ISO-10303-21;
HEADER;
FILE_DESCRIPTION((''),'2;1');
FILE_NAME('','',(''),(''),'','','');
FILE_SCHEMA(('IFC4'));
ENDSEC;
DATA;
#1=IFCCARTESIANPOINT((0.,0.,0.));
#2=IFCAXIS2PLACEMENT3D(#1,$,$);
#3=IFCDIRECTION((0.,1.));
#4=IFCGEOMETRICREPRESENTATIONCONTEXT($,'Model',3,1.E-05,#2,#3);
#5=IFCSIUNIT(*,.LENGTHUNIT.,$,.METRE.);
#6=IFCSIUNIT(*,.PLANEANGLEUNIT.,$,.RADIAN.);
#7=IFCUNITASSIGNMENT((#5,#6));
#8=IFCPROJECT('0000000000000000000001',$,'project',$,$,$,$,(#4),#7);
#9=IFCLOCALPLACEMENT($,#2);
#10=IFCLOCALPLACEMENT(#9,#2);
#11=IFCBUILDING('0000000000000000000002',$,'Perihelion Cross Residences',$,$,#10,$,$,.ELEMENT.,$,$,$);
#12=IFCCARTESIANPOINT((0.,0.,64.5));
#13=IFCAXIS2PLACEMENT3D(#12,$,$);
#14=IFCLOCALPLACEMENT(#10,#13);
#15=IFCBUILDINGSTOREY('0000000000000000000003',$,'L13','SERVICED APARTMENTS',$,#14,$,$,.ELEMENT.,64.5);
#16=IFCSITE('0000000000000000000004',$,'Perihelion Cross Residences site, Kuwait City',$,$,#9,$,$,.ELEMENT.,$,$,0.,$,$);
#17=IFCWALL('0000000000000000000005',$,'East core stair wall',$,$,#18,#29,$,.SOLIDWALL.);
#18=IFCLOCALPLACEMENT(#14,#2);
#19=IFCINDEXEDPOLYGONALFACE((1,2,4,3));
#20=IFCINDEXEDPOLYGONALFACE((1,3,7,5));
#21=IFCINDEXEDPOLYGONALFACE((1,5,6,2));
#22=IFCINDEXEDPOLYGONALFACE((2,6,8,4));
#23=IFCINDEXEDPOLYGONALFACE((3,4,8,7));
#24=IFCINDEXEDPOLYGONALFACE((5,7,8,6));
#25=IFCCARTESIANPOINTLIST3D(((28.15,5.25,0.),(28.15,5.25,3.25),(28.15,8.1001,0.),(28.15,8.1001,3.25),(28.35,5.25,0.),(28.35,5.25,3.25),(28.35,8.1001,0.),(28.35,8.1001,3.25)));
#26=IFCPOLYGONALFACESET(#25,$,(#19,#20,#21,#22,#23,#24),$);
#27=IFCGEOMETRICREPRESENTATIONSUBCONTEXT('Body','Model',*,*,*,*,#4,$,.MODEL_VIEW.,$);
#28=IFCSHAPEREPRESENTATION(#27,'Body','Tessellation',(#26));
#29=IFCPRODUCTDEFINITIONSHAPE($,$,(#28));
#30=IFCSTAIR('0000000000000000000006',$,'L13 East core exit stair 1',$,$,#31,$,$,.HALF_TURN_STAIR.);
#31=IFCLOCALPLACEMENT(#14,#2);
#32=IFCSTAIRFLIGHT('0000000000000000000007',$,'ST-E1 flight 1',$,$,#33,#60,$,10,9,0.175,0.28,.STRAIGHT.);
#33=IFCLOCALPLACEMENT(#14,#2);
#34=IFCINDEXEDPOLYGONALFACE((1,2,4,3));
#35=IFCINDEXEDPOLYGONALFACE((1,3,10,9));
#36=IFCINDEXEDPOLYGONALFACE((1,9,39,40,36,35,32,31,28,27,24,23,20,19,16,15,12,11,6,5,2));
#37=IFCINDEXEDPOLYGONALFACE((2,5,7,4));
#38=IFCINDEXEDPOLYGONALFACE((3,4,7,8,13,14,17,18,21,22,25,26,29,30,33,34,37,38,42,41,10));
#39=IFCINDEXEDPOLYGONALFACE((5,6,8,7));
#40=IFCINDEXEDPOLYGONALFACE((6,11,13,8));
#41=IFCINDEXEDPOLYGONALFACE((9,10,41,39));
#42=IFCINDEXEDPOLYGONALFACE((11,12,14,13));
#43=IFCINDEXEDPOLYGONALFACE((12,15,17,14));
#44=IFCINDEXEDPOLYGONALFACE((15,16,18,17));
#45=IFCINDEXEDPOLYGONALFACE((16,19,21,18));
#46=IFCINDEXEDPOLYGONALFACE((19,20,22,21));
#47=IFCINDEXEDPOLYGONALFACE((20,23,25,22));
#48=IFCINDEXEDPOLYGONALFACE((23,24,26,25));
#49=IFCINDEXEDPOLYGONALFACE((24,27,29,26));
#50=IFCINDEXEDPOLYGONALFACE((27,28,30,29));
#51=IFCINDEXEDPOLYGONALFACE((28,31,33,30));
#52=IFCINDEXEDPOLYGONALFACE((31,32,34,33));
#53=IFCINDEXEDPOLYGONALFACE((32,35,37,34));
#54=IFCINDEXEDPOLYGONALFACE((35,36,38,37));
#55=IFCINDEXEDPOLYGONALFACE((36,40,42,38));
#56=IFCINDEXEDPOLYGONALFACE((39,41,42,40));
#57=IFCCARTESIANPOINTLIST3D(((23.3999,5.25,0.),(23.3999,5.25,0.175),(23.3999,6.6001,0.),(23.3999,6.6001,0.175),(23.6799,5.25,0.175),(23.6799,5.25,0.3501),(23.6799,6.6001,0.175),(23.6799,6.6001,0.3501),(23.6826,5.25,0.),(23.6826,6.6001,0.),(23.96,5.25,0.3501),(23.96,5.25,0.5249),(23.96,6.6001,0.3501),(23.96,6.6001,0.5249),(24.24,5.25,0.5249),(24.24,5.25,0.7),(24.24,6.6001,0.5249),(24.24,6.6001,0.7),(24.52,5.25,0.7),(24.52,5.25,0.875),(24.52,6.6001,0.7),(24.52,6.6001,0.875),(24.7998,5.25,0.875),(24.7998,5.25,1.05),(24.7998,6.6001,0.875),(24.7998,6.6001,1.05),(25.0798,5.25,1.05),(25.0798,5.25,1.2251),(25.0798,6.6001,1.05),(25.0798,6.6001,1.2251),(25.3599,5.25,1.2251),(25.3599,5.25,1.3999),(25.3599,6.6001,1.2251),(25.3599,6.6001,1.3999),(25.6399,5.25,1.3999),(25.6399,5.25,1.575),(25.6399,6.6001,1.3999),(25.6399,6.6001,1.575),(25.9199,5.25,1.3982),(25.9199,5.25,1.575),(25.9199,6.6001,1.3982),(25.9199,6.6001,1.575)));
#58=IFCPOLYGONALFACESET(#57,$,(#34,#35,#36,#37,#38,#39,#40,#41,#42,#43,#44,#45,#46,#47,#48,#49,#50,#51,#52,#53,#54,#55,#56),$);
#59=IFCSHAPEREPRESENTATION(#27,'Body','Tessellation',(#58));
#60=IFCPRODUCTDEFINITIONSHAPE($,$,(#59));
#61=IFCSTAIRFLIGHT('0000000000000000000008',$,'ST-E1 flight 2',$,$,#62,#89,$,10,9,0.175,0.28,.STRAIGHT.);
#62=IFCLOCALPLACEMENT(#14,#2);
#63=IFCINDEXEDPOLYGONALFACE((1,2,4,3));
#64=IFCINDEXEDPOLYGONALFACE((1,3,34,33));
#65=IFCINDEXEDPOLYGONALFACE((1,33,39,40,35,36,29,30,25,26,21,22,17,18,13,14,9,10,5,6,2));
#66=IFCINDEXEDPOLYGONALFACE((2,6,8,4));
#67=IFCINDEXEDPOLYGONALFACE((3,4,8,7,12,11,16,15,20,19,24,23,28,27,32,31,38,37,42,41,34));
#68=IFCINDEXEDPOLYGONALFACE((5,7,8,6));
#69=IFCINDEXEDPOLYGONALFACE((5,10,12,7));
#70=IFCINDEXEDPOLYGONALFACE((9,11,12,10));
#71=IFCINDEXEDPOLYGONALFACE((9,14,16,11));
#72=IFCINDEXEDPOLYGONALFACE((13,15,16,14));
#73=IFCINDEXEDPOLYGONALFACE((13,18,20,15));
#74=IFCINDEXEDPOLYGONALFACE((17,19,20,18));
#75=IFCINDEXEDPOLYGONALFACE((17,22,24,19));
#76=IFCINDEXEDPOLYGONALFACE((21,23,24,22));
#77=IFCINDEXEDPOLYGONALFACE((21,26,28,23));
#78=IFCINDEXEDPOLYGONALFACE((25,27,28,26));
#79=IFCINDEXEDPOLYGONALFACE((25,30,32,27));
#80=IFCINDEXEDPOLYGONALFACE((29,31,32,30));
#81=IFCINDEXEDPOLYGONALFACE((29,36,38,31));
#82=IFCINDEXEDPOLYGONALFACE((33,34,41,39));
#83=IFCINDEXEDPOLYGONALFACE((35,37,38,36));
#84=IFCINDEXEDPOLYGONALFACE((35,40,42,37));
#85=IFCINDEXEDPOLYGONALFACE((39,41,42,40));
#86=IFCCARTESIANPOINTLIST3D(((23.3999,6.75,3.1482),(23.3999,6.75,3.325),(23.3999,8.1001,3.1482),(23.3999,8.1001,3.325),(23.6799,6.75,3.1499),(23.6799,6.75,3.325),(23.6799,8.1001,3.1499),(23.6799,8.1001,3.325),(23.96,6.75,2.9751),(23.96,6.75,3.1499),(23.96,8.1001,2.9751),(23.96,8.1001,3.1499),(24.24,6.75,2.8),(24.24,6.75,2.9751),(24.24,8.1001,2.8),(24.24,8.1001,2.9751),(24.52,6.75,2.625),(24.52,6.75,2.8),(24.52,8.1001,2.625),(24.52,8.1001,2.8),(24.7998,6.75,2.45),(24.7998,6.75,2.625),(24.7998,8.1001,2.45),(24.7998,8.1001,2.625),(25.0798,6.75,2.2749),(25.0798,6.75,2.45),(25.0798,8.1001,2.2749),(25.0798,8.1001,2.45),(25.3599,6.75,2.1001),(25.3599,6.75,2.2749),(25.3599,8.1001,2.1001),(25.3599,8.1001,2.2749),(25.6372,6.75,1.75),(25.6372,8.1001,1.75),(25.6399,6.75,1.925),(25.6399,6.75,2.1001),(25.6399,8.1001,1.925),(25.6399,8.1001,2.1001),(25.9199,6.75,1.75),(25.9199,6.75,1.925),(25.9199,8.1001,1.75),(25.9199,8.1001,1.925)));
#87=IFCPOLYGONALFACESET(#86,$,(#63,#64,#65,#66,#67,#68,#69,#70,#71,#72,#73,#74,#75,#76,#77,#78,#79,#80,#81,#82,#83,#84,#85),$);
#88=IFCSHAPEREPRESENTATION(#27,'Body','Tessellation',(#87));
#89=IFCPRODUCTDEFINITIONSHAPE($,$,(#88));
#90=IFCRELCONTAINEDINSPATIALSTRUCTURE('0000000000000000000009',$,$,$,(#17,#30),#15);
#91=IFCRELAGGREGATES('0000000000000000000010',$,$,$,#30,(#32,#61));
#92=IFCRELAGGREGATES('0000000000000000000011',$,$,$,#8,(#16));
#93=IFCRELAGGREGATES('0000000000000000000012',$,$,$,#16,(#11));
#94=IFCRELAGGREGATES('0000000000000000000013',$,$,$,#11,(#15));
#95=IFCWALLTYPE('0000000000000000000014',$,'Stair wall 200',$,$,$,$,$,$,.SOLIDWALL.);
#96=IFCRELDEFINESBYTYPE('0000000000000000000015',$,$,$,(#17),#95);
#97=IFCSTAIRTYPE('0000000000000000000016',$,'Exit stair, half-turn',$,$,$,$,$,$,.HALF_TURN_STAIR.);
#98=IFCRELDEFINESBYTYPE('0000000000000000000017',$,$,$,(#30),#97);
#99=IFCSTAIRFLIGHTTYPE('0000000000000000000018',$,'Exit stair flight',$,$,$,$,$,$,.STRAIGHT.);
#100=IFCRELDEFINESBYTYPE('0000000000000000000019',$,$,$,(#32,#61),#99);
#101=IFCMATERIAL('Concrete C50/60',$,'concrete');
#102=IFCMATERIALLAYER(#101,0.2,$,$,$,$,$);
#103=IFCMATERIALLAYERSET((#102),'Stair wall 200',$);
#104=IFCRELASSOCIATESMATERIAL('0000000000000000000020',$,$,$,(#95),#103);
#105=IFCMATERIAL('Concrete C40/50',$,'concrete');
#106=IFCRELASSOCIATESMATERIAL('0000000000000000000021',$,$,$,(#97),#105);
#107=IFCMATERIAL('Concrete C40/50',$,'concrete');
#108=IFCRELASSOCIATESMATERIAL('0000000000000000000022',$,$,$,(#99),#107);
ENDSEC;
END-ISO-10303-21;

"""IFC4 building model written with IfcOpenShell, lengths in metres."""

from ifc_helpers import new_model, si_unit, direction, frame, frame_2d, origin, place, context, subcontext, project, spatial, polyline, rectangle, outline, extrude, material, layer, layer_set, type_object, element, aggregate, save


model = new_model("IFC4")

# Units and contexts
model_context = context("Model", 3, precision=1e-05, world=origin(), true_north=direction((0.0, 1.0)))
body_context = subcontext(model_context, "Body", "Model", "MODEL_VIEW")
ifc_project = project(units=[si_unit("LENGTHUNIT", "METRE"), si_unit("PLANEANGLEUNIT", "RADIAN")], contexts=[model_context])

# Site, building, storey
site_placement = place(None, origin())
site = spatial("IfcSite", under=ifc_project, at=site_placement, Name="Perihelion Cross Residences site, Kuwait City", CompositionType="ELEMENT", RefElevation=0.0)
building_placement = place(site_placement, origin())
building = spatial("IfcBuilding", under=site, at=building_placement, Name="Perihelion Cross Residences", CompositionType="ELEMENT")
storey_placement = place(building_placement, frame((0.0, 0.0, 64.5)))
storey = spatial("IfcBuildingStorey", under=building, at=storey_placement, Name="L13", Description="SERVICED APARTMENTS", CompositionType="ELEMENT", Elevation=64.5)

# Wall
ifc_material_1 = material(Name="Concrete C50/60", Category="concrete")
ifc_layer_1 = layer(ifc_material_1, 0.2)
ifc_layer_set_1 = layer_set([ifc_layer_1], Name="Stair wall 200")
wall_type_1 = type_object("IfcWallType", Name="Stair wall 200", PredefinedType="SOLIDWALL", material=ifc_layer_set_1)
wall_1_placement = place(storey_placement, frame((28.25, 5.25, 0.0), z_axis=(0.0, 0.0, 1.0), x_axis=(0.0, 1.0, 0.0)))
element("IfcWall", 1, at=wall_1_placement, inside=storey, type_object=wall_type_1, Name="East core stair wall", PredefinedType="SOLIDWALL", context=body_context, shape_type="SweptSolid", body=[
    extrude(rectangle(XDim=2.8501, YDim=0.2, at=frame_2d((1.425, 0.0))), origin(), (0.0, 0.0, 1.0), 3.25),
])

# Stair, stair flights
ifc_material_2 = material(Name="Concrete C40/50", Category="concrete")
stair_type = type_object("IfcStairType", Name="Exit stair, half-turn", PredefinedType="HALF_TURN_STAIR", material=ifc_material_2)
stair_placement = place(storey_placement, origin())
stair = element("IfcStair", 2, at=stair_placement, inside=storey, type_object=stair_type, Name="L13 East core exit stair 1", PredefinedType="HALF_TURN_STAIR")
ifc_material_3 = material(Name="Concrete C40/50", Category="concrete")
stair_flight_type = type_object("IfcStairFlightType", Name="Exit stair flight", PredefinedType="STRAIGHT", material=ifc_material_3)
stair_flight_1_placement = place(storey_placement, frame((23.3999, 5.925, 0.0), z_axis=(0.0, 0.0, 1.0), x_axis=(1.0, 0.0, 0.0)))
stair_flight_1 = element("IfcStairFlight", 3, at=stair_flight_1_placement, type_object=stair_flight_type, Name="ST-E1 flight 1", NumberOfRisers=10, NumberOfTreads=9, PredefinedType="STRAIGHT", RiserHeight=0.175, TreadLength=0.28, context=body_context, shape_type="SweptSolid", body=[
    extrude(outline(polyline([(0.0, 0.0), (0.0, 0.175), (0.28, 0.175), (0.28, 0.3501), (0.5601, 0.3501), (0.5601, 0.5249), (0.8401, 0.5249), (0.8401, 0.7), (1.1201, 0.7), (1.1201, 0.875), (1.3999, 0.875), (1.3999, 1.05), (1.6799, 1.05), (1.6799, 1.2251), (1.96, 1.2251), (1.96, 1.3999), (2.24, 1.3999), (2.24, 1.575), (2.52, 1.575), (2.52, 1.75), (2.52, 1.3982), (0.2827, 0.0), (0.0, 0.0)])), frame((0.0, 0.675, 0.0), z_axis=(0.0, -1.0, 0.0), x_axis=(1.0, 0.0, 0.0)), (0.0, 0.0, 1.0), 1.3501),
])
stair_flight_2_placement = place(storey_placement, frame((25.9199, 7.425, 1.75), z_axis=(0.0, 0.0, 1.0), x_axis=(-1.0, 0.0, 0.0)))
stair_flight_2 = element("IfcStairFlight", 4, at=stair_flight_2_placement, type_object=stair_flight_type, Name="ST-E1 flight 2", NumberOfRisers=10, NumberOfTreads=9, PredefinedType="STRAIGHT", RiserHeight=0.175, TreadLength=0.28, context=body_context, shape_type="SweptSolid", body=[
    extrude(outline(polyline([(0.0, 0.0), (0.0, 0.175), (0.28, 0.175), (0.28, 0.3501), (0.5601, 0.3501), (0.5601, 0.5249), (0.8401, 0.5249), (0.8401, 0.7), (1.1201, 0.7), (1.1201, 0.875), (1.3999, 0.875), (1.3999, 1.05), (1.6799, 1.05), (1.6799, 1.2251), (1.96, 1.2251), (1.96, 1.3999), (2.24, 1.3999), (2.24, 1.575), (2.52, 1.575), (2.52, 1.75), (2.52, 1.3982), (0.2827, 0.0), (0.0, 0.0)])), frame((0.0, 0.675, 0.0), z_axis=(0.0, -1.0, 0.0), x_axis=(1.0, 0.0, 0.0)), (0.0, 0.0, 1.0), 1.3501),
])
aggregate(stair, [stair_flight_1, stair_flight_2])

save(model, "model.ifc")
